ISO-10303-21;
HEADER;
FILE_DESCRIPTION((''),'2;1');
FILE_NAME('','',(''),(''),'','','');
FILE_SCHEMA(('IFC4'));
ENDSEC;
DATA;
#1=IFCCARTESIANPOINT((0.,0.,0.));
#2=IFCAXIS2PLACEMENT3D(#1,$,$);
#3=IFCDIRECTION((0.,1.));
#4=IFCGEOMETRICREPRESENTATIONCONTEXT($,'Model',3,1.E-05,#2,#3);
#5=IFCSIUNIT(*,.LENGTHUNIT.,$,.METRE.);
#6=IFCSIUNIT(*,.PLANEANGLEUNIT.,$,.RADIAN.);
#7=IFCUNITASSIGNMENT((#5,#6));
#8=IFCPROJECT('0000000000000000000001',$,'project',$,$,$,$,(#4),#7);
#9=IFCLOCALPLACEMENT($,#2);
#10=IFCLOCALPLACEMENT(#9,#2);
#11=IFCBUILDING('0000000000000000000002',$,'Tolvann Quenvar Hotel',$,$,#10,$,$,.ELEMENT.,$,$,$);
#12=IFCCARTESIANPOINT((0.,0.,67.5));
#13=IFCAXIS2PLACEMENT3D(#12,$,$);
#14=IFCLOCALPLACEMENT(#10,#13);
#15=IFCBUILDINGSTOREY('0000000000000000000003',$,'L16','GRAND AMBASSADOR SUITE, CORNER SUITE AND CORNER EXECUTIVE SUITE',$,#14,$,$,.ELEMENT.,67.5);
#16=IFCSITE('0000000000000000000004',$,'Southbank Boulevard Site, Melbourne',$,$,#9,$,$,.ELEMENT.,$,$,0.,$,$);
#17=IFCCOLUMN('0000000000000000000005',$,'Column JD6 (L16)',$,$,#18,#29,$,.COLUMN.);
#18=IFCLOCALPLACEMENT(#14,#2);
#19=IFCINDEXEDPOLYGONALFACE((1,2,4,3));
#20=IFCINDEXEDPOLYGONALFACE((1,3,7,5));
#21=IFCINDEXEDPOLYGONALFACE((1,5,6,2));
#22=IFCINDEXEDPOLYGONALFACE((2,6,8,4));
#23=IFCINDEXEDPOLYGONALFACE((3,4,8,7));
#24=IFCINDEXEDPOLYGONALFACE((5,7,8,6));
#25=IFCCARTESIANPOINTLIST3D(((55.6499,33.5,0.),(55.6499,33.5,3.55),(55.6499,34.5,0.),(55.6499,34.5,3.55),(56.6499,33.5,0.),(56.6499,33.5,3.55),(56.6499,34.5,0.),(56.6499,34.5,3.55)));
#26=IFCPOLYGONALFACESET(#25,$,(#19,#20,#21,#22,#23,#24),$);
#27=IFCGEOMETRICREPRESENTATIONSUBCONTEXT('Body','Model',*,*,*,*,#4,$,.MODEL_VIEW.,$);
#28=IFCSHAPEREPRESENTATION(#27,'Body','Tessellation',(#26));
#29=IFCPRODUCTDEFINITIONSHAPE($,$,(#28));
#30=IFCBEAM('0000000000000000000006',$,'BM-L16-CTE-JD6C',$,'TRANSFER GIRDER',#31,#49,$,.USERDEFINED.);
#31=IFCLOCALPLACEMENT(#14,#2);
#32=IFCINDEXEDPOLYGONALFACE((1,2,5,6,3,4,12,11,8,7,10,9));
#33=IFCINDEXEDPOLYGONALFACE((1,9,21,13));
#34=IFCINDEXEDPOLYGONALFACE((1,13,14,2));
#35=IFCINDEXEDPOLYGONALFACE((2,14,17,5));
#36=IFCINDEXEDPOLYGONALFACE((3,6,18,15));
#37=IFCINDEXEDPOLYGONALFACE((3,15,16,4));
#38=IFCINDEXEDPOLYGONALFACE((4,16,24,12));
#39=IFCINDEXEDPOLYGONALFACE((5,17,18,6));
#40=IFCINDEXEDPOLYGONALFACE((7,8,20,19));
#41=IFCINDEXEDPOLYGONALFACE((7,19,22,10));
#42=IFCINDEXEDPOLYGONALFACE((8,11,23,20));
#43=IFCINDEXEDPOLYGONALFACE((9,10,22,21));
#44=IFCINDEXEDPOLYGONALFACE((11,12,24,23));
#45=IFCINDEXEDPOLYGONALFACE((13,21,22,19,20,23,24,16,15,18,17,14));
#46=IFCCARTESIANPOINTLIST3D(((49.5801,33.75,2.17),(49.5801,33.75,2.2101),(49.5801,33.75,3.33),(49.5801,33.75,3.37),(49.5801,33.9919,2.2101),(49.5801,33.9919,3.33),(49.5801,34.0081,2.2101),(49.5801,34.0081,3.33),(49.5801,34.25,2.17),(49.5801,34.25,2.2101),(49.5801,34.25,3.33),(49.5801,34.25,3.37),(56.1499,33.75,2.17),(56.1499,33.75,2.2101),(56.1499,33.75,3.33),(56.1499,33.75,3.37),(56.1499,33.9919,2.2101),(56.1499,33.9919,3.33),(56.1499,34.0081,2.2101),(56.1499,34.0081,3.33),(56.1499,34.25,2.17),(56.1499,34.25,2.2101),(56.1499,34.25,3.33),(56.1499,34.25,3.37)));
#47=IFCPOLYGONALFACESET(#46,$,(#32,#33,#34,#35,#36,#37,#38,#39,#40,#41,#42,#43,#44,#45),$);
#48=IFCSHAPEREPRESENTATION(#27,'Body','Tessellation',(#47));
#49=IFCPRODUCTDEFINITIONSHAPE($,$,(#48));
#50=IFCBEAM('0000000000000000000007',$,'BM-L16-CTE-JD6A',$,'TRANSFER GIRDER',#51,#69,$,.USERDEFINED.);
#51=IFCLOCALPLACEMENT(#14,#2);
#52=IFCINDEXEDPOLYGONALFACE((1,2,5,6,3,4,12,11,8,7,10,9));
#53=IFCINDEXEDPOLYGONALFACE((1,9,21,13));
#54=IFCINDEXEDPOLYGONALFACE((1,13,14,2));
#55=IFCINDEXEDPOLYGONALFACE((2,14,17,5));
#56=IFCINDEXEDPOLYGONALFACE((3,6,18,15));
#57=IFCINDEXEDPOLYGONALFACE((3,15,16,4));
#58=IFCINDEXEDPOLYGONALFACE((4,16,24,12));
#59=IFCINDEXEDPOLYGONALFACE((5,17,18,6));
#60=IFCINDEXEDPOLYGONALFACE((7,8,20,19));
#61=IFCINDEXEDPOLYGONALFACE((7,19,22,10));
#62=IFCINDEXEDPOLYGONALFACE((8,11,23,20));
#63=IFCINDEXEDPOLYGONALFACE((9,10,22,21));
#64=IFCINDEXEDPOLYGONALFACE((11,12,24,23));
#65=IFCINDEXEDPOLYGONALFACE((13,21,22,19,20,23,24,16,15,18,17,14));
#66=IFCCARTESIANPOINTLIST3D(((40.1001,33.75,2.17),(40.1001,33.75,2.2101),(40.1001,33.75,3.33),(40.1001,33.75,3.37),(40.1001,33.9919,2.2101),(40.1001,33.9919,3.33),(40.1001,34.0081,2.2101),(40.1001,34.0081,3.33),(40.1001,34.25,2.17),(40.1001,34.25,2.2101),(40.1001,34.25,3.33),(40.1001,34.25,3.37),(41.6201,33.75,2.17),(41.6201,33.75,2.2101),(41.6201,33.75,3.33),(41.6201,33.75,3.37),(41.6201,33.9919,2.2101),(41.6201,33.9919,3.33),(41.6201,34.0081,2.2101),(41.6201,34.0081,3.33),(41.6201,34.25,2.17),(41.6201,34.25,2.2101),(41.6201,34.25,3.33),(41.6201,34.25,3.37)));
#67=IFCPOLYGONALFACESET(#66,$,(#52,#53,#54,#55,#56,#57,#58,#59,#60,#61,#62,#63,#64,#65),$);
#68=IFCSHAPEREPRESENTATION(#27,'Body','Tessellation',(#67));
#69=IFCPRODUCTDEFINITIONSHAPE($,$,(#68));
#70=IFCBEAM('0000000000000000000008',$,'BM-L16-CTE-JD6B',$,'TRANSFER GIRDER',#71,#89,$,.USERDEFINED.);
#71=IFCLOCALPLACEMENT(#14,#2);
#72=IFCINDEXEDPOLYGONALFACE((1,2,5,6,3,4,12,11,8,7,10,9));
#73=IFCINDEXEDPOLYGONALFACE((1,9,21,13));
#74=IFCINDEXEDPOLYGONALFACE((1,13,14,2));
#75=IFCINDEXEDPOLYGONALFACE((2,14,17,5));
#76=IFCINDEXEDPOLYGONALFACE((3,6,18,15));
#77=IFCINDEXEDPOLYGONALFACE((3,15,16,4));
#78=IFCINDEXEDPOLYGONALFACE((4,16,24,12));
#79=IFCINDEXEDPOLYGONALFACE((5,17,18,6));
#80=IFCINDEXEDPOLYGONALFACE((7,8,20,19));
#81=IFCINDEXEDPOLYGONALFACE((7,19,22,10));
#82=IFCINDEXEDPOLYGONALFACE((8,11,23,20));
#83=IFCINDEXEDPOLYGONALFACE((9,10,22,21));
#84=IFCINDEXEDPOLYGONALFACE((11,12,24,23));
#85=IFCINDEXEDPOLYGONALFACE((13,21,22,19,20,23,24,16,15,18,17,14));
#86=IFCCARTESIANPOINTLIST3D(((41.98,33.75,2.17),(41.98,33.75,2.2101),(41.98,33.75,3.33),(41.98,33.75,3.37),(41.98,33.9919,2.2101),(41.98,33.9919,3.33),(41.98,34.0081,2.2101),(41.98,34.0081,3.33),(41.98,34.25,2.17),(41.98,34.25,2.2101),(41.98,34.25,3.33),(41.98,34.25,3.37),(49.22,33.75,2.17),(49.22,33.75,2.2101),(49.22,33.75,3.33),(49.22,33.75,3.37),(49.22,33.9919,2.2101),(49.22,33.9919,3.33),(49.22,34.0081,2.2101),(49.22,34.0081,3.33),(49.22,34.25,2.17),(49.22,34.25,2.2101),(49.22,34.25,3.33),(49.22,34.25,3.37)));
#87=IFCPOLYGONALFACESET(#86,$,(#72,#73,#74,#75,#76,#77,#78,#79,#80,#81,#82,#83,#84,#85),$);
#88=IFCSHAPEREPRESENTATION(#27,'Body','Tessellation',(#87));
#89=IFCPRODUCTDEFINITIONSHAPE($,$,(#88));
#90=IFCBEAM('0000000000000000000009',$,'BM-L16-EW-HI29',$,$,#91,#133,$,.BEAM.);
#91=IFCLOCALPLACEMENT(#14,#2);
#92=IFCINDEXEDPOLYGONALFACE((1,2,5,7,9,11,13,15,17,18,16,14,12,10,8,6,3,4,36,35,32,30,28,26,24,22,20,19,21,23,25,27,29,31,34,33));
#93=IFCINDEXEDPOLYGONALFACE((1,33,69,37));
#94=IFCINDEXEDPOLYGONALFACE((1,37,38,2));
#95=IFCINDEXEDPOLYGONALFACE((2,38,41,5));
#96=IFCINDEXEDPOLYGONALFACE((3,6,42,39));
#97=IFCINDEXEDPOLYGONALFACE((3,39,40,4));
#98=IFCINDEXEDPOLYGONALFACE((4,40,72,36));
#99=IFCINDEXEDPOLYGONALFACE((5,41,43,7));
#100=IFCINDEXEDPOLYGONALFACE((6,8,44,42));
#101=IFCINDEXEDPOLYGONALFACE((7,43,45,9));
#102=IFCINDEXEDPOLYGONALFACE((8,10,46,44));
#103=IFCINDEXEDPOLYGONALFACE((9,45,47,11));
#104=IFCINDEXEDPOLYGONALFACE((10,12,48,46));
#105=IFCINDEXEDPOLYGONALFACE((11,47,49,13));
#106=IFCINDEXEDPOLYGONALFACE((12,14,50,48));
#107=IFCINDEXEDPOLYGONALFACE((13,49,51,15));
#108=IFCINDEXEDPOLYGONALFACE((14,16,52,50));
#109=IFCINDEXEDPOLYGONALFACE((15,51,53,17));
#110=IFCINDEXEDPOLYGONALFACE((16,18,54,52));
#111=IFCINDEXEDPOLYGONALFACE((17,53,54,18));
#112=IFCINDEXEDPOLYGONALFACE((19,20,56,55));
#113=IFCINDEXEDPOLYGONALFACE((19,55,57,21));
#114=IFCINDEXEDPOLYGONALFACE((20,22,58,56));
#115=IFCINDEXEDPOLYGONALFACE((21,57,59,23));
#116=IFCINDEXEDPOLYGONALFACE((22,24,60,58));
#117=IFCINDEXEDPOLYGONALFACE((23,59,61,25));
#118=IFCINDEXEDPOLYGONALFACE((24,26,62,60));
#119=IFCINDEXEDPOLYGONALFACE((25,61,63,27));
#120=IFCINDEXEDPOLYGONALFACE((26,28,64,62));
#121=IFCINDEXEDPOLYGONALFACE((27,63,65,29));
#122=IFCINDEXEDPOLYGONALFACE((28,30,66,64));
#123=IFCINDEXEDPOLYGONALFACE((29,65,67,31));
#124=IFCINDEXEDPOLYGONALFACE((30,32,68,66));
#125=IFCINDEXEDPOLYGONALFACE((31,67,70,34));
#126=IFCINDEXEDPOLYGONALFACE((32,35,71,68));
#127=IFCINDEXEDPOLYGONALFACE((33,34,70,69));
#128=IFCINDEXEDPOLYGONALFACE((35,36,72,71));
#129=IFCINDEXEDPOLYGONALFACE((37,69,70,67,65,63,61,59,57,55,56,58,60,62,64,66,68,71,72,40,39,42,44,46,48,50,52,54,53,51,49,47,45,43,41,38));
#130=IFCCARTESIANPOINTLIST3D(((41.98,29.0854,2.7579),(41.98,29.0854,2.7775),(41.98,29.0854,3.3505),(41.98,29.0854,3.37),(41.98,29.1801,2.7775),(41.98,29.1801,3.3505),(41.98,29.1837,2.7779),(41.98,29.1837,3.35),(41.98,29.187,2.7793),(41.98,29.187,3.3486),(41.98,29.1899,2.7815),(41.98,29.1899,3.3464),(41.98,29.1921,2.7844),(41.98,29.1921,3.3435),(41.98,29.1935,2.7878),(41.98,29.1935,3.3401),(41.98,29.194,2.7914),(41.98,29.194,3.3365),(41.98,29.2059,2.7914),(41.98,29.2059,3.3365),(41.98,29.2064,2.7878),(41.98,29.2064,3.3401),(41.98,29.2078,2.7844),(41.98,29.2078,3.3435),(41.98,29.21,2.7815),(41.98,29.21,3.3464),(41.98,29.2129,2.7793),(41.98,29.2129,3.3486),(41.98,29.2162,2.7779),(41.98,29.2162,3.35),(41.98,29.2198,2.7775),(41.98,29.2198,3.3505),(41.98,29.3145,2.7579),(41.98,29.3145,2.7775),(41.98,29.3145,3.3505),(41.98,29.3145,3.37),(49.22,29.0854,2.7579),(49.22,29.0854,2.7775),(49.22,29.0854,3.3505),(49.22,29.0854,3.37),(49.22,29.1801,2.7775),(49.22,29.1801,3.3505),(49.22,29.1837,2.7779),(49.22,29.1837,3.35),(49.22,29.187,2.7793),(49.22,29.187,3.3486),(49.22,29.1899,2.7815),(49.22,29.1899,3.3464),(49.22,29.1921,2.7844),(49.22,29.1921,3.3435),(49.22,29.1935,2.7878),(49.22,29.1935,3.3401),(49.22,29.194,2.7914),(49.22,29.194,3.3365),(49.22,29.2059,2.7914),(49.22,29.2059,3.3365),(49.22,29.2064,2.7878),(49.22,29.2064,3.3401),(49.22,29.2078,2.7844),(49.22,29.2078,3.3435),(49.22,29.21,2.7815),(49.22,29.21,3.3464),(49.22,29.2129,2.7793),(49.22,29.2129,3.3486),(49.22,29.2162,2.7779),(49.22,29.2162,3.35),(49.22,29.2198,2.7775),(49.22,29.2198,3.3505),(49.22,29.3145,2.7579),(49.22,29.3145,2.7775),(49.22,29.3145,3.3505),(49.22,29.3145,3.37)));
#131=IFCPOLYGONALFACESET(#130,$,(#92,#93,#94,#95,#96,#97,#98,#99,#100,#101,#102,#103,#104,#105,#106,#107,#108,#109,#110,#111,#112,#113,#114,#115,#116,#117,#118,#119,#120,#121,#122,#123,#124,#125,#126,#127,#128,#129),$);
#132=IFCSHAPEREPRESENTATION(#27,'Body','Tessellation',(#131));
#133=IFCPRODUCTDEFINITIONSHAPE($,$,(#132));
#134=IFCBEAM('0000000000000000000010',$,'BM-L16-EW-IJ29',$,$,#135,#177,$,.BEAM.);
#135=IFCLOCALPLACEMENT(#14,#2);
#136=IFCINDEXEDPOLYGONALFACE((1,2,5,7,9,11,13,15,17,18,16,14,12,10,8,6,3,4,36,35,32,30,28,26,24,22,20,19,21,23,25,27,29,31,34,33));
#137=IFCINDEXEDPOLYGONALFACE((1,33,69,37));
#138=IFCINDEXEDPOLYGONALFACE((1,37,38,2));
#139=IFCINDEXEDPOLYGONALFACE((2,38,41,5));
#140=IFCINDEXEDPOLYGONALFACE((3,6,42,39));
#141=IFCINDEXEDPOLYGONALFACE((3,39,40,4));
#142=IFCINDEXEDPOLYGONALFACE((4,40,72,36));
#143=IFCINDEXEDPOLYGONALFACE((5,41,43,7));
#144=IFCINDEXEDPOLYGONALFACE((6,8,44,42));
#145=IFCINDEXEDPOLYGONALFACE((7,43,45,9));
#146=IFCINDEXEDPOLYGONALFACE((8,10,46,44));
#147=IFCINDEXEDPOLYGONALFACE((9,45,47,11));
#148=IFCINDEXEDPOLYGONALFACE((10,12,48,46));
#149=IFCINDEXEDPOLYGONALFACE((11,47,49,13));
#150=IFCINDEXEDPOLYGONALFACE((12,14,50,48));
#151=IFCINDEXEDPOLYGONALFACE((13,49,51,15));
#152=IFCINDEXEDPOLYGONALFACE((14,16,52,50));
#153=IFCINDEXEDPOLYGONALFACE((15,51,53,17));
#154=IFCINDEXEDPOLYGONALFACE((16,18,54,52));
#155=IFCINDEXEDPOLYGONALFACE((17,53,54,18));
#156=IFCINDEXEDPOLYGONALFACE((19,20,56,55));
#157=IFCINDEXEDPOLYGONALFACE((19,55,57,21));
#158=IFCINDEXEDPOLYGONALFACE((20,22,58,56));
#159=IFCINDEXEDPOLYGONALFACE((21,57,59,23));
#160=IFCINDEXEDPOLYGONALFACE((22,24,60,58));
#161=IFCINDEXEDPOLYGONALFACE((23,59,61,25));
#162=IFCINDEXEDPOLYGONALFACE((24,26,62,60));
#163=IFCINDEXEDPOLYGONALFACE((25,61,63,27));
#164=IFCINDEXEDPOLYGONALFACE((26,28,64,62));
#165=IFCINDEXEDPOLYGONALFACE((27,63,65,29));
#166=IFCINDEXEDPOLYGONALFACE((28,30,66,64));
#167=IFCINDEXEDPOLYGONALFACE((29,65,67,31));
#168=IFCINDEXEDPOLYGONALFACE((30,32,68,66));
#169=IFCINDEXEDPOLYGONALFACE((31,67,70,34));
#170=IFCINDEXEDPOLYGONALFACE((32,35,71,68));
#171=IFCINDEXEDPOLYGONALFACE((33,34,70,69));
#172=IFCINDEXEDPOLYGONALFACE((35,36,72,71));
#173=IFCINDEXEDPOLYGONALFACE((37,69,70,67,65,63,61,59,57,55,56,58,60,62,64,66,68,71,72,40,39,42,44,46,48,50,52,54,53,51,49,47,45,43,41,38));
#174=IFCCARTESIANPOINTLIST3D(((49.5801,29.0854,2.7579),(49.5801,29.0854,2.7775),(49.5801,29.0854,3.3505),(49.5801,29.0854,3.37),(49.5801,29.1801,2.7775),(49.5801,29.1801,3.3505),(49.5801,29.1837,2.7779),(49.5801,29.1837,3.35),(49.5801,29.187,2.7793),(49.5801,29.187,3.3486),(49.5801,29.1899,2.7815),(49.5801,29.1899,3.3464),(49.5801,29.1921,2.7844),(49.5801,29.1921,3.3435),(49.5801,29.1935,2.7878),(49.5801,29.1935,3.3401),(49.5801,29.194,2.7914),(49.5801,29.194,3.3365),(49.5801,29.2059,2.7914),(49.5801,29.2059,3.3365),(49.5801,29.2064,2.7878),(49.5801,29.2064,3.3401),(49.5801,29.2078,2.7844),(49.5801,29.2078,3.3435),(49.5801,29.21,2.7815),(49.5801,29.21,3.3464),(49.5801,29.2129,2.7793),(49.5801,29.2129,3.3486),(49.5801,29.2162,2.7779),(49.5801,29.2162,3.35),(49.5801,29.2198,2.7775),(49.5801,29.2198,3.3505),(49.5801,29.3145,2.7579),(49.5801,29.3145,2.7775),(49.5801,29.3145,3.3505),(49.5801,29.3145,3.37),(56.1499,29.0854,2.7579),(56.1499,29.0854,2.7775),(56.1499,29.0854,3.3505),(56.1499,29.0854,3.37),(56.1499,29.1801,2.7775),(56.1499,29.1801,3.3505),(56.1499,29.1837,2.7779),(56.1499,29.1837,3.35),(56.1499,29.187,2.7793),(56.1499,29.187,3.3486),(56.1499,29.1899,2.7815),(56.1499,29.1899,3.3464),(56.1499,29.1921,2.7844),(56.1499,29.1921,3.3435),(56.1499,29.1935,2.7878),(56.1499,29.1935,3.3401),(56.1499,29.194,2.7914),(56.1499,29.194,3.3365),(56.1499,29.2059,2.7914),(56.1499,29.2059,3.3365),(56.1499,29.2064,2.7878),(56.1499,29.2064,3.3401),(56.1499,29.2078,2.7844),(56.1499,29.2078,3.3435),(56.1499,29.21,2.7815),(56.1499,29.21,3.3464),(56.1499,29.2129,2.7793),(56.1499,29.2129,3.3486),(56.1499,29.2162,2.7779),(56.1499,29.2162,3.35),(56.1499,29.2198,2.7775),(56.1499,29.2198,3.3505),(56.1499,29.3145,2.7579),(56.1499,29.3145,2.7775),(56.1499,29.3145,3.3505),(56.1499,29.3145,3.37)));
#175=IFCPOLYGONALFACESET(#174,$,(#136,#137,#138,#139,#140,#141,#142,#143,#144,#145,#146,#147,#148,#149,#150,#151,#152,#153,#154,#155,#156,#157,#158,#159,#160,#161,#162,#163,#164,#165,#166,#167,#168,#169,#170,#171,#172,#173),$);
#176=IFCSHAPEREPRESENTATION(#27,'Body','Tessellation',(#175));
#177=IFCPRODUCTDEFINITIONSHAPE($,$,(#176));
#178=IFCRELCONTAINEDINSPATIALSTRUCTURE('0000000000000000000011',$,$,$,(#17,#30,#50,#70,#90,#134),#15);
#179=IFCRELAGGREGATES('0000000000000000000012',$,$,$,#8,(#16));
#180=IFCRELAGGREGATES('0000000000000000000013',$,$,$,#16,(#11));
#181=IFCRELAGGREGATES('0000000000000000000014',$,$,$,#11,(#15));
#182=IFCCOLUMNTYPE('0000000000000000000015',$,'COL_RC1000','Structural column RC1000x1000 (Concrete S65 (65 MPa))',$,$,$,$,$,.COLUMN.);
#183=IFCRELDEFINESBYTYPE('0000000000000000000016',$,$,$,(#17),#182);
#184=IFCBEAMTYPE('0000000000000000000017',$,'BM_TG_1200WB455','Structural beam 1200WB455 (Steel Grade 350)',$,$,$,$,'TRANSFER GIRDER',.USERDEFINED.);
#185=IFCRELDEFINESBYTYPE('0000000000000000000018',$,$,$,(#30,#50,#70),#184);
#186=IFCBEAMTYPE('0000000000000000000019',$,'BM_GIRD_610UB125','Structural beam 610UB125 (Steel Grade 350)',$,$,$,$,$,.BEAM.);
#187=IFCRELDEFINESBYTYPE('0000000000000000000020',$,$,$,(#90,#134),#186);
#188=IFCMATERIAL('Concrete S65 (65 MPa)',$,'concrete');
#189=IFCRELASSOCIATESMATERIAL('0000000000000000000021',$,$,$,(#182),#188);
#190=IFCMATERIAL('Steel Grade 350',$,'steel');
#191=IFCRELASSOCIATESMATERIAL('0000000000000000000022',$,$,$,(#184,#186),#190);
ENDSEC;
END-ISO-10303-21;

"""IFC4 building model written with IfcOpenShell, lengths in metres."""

from ifc_helpers import new_model, si_unit, direction, frame, origin, origin_2d, place, context, subcontext, project, spatial, rectangle, i_section, extrude, source, transform, mapped, material, material_profile, profile_set, type_object, type_shapes, element, save


model = new_model("IFC4")

# Units and contexts
model_context = context("Model", 3, precision=1e-05, world=origin(), true_north=direction((0.0, 1.0)))
body_context = subcontext(model_context, "Body", "Model", "MODEL_VIEW")
ifc_project = project(units=[si_unit("LENGTHUNIT", "METRE"), si_unit("PLANEANGLEUNIT", "RADIAN")], contexts=[model_context])

# Site, building, storey
site_placement = place(None, origin())
site = spatial("IfcSite", under=ifc_project, at=site_placement, Name="Southbank Boulevard Site, Melbourne", CompositionType="ELEMENT", RefElevation=0.0)
building_placement = place(site_placement, origin())
building = spatial("IfcBuilding", under=site, at=building_placement, Name="Tolvann Quenvar Hotel", CompositionType="ELEMENT")
storey_placement = place(building_placement, frame((0.0, 0.0, 67.5)))
storey = spatial("IfcBuildingStorey", under=building, at=storey_placement, Name="L16", Description="GRAND AMBASSADOR SUITE, CORNER SUITE AND CORNER EXECUTIVE SUITE", CompositionType="ELEMENT", Elevation=67.5)

# Column
ifc_material_1 = material(Name="Concrete S65 (65 MPa)", Category="concrete")
ifc_material_profile_1 = material_profile(ifc_material_1, rectangle(XDim=1.0, YDim=1.0, at=origin_2d()), Name="RC1000x1000")
ifc_profile_set_1 = profile_set([ifc_material_profile_1], Name="Concrete S65 (65 MPa)")
column_type = type_object("IfcColumnType", Name="COL_RC1000", Description="Structural column RC1000x1000 (Concrete S65 (65 MPa))", PredefinedType="COLUMN", material=ifc_profile_set_1)
shared_shape_1 = source(origin(), body_context, "Body", "SweptSolid", [
    extrude(rectangle(XDim=1.0, YDim=1.0, at=origin_2d()), origin(), (0.0, 0.0, 1.0), 3.55),
])
type_shapes(column_type, [shared_shape_1])
column_placement = place(storey_placement, frame((56.1499, 34.0, 0.0), z_axis=(0.0, 0.0, 1.0), x_axis=(1.0, 0.0, 0.0)))
element("IfcColumn", 1, at=column_placement, inside=storey, type_object=column_type, Name="Column JD6 (L16)", PredefinedType="COLUMN", context=body_context, shape_type="MappedRepresentation", body=[
    mapped(shared_shape_1, transform((0.0, 0.0, 0.0), x_axis=(1.0, 0.0, 0.0), y_axis=(0.0, 1.0, 0.0), z_axis=(0.0, 0.0, 1.0), scale=1.0)),
])

# Beams
ifc_material_2 = material(Name="Steel Grade 350", Category="steel")
ifc_material_profile_2 = material_profile(ifc_material_2, i_section(OverallWidth=0.5, OverallDepth=1.2, WebThickness=0.0161, FlangeThickness=0.04, at=origin_2d()), Name="1200WB455")
ifc_profile_set_2 = profile_set([ifc_material_profile_2], Name="Steel Grade 350")
beam_type_1 = type_object("IfcBeamType", Name="BM_TG_1200WB455", Description="Structural beam 1200WB455 (Steel Grade 350)", ElementType="TRANSFER GIRDER", PredefinedType="USERDEFINED", material=ifc_profile_set_2)
shared_shape_2 = source(origin(), body_context, "Body", "SweptSolid", [
    extrude(i_section(OverallWidth=0.5, OverallDepth=1.2, WebThickness=0.0161, FlangeThickness=0.04, at=origin_2d()), origin(), (0.0, 0.0, 1.0), 6.5698),
])
beam_1_placement = place(storey_placement, frame((49.5801, 34.0, 2.77), z_axis=(1.0, 0.0, 0.0), x_axis=(0.0, 1.0, 0.0)))
element("IfcBeam", 2, at=beam_1_placement, inside=storey, type_object=beam_type_1, Name="BM-L16-CTE-JD6C", ObjectType="TRANSFER GIRDER", PredefinedType="USERDEFINED", context=body_context, shape_type="MappedRepresentation", body=[
    mapped(shared_shape_2, transform((0.0, 0.0, 0.0), x_axis=(1.0, 0.0, 0.0), y_axis=(0.0, 1.0, 0.0), z_axis=(0.0, 0.0, 1.0), scale=1.0)),
])
shared_shape_3 = source(origin(), body_context, "Body", "SweptSolid", [
    extrude(i_section(OverallWidth=0.5, OverallDepth=1.2, WebThickness=0.0161, FlangeThickness=0.04, at=origin_2d()), origin(), (0.0, 0.0, 1.0), 1.52),
])
beam_2_placement = place(storey_placement, frame((40.1001, 34.0, 2.77), z_axis=(1.0, 0.0, 0.0), x_axis=(0.0, 1.0, 0.0)))
element("IfcBeam", 3, at=beam_2_placement, inside=storey, type_object=beam_type_1, Name="BM-L16-CTE-JD6A", ObjectType="TRANSFER GIRDER", PredefinedType="USERDEFINED", context=body_context, shape_type="MappedRepresentation", body=[
    mapped(shared_shape_3, transform((0.0, 0.0, 0.0), x_axis=(1.0, 0.0, 0.0), y_axis=(0.0, 1.0, 0.0), z_axis=(0.0, 0.0, 1.0), scale=1.0)),
])
shared_shape_4 = source(origin(), body_context, "Body", "SweptSolid", [
    extrude(i_section(OverallWidth=0.5, OverallDepth=1.2, WebThickness=0.0161, FlangeThickness=0.04, at=origin_2d()), origin(), (0.0, 0.0, 1.0), 7.24),
])
type_shapes(beam_type_1, [shared_shape_2, shared_shape_3, shared_shape_4])
beam_3_placement = place(storey_placement, frame((41.98, 34.0, 2.77), z_axis=(1.0, 0.0, 0.0), x_axis=(0.0, 1.0, 0.0)))
element("IfcBeam", 4, at=beam_3_placement, inside=storey, type_object=beam_type_1, Name="BM-L16-CTE-JD6B", ObjectType="TRANSFER GIRDER", PredefinedType="USERDEFINED", context=body_context, shape_type="MappedRepresentation", body=[
    mapped(shared_shape_4, transform((0.0, 0.0, 0.0), x_axis=(1.0, 0.0, 0.0), y_axis=(0.0, 1.0, 0.0), z_axis=(0.0, 0.0, 1.0), scale=1.0)),
])
ifc_material_profile_3 = material_profile(ifc_material_2, i_section(OverallWidth=0.229, OverallDepth=0.6121, WebThickness=0.012, FlangeThickness=0.0195, FilletRadius=0.0139, at=origin_2d()), Name="610UB125")
ifc_profile_set_3 = profile_set([ifc_material_profile_3], Name="Steel Grade 350")
beam_type_2 = type_object("IfcBeamType", Name="BM_GIRD_610UB125", Description="Structural beam 610UB125 (Steel Grade 350)", PredefinedType="BEAM", material=ifc_profile_set_3)
shared_shape_5 = source(origin(), body_context, "Body", "SweptSolid", [
    extrude(i_section(OverallWidth=0.229, OverallDepth=0.6121, WebThickness=0.012, FlangeThickness=0.0195, FilletRadius=0.0139, at=origin_2d()), origin(), (0.0, 0.0, 1.0), 7.24),
])
beam_4_placement = place(storey_placement, frame((41.98, 29.2, 3.064), z_axis=(1.0, 0.0, 0.0), x_axis=(0.0, 1.0, 0.0)))
element("IfcBeam", 5, at=beam_4_placement, inside=storey, type_object=beam_type_2, Name="BM-L16-EW-HI29", PredefinedType="BEAM", context=body_context, shape_type="MappedRepresentation", body=[
    mapped(shared_shape_5, transform((0.0, 0.0, 0.0), x_axis=(1.0, 0.0, 0.0), y_axis=(0.0, 1.0, 0.0), z_axis=(0.0, 0.0, 1.0), scale=1.0)),
])
shared_shape_6 = source(origin(), body_context, "Body", "SweptSolid", [
    extrude(i_section(OverallWidth=0.229, OverallDepth=0.6121, WebThickness=0.012, FlangeThickness=0.0195, FilletRadius=0.0139, at=origin_2d()), origin(), (0.0, 0.0, 1.0), 6.5698),
])
type_shapes(beam_type_2, [shared_shape_5, shared_shape_6])
beam_5_placement = place(storey_placement, frame((49.5801, 29.2, 3.064), z_axis=(1.0, 0.0, 0.0), x_axis=(0.0, 1.0, 0.0)))
element("IfcBeam", 6, at=beam_5_placement, inside=storey, type_object=beam_type_2, Name="BM-L16-EW-IJ29", PredefinedType="BEAM", context=body_context, shape_type="MappedRepresentation", body=[
    mapped(shared_shape_6, transform((0.0, 0.0, 0.0), x_axis=(1.0, 0.0, 0.0), y_axis=(0.0, 1.0, 0.0), z_axis=(0.0, 0.0, 1.0), scale=1.0)),
])

save(model, "model.ifc")
